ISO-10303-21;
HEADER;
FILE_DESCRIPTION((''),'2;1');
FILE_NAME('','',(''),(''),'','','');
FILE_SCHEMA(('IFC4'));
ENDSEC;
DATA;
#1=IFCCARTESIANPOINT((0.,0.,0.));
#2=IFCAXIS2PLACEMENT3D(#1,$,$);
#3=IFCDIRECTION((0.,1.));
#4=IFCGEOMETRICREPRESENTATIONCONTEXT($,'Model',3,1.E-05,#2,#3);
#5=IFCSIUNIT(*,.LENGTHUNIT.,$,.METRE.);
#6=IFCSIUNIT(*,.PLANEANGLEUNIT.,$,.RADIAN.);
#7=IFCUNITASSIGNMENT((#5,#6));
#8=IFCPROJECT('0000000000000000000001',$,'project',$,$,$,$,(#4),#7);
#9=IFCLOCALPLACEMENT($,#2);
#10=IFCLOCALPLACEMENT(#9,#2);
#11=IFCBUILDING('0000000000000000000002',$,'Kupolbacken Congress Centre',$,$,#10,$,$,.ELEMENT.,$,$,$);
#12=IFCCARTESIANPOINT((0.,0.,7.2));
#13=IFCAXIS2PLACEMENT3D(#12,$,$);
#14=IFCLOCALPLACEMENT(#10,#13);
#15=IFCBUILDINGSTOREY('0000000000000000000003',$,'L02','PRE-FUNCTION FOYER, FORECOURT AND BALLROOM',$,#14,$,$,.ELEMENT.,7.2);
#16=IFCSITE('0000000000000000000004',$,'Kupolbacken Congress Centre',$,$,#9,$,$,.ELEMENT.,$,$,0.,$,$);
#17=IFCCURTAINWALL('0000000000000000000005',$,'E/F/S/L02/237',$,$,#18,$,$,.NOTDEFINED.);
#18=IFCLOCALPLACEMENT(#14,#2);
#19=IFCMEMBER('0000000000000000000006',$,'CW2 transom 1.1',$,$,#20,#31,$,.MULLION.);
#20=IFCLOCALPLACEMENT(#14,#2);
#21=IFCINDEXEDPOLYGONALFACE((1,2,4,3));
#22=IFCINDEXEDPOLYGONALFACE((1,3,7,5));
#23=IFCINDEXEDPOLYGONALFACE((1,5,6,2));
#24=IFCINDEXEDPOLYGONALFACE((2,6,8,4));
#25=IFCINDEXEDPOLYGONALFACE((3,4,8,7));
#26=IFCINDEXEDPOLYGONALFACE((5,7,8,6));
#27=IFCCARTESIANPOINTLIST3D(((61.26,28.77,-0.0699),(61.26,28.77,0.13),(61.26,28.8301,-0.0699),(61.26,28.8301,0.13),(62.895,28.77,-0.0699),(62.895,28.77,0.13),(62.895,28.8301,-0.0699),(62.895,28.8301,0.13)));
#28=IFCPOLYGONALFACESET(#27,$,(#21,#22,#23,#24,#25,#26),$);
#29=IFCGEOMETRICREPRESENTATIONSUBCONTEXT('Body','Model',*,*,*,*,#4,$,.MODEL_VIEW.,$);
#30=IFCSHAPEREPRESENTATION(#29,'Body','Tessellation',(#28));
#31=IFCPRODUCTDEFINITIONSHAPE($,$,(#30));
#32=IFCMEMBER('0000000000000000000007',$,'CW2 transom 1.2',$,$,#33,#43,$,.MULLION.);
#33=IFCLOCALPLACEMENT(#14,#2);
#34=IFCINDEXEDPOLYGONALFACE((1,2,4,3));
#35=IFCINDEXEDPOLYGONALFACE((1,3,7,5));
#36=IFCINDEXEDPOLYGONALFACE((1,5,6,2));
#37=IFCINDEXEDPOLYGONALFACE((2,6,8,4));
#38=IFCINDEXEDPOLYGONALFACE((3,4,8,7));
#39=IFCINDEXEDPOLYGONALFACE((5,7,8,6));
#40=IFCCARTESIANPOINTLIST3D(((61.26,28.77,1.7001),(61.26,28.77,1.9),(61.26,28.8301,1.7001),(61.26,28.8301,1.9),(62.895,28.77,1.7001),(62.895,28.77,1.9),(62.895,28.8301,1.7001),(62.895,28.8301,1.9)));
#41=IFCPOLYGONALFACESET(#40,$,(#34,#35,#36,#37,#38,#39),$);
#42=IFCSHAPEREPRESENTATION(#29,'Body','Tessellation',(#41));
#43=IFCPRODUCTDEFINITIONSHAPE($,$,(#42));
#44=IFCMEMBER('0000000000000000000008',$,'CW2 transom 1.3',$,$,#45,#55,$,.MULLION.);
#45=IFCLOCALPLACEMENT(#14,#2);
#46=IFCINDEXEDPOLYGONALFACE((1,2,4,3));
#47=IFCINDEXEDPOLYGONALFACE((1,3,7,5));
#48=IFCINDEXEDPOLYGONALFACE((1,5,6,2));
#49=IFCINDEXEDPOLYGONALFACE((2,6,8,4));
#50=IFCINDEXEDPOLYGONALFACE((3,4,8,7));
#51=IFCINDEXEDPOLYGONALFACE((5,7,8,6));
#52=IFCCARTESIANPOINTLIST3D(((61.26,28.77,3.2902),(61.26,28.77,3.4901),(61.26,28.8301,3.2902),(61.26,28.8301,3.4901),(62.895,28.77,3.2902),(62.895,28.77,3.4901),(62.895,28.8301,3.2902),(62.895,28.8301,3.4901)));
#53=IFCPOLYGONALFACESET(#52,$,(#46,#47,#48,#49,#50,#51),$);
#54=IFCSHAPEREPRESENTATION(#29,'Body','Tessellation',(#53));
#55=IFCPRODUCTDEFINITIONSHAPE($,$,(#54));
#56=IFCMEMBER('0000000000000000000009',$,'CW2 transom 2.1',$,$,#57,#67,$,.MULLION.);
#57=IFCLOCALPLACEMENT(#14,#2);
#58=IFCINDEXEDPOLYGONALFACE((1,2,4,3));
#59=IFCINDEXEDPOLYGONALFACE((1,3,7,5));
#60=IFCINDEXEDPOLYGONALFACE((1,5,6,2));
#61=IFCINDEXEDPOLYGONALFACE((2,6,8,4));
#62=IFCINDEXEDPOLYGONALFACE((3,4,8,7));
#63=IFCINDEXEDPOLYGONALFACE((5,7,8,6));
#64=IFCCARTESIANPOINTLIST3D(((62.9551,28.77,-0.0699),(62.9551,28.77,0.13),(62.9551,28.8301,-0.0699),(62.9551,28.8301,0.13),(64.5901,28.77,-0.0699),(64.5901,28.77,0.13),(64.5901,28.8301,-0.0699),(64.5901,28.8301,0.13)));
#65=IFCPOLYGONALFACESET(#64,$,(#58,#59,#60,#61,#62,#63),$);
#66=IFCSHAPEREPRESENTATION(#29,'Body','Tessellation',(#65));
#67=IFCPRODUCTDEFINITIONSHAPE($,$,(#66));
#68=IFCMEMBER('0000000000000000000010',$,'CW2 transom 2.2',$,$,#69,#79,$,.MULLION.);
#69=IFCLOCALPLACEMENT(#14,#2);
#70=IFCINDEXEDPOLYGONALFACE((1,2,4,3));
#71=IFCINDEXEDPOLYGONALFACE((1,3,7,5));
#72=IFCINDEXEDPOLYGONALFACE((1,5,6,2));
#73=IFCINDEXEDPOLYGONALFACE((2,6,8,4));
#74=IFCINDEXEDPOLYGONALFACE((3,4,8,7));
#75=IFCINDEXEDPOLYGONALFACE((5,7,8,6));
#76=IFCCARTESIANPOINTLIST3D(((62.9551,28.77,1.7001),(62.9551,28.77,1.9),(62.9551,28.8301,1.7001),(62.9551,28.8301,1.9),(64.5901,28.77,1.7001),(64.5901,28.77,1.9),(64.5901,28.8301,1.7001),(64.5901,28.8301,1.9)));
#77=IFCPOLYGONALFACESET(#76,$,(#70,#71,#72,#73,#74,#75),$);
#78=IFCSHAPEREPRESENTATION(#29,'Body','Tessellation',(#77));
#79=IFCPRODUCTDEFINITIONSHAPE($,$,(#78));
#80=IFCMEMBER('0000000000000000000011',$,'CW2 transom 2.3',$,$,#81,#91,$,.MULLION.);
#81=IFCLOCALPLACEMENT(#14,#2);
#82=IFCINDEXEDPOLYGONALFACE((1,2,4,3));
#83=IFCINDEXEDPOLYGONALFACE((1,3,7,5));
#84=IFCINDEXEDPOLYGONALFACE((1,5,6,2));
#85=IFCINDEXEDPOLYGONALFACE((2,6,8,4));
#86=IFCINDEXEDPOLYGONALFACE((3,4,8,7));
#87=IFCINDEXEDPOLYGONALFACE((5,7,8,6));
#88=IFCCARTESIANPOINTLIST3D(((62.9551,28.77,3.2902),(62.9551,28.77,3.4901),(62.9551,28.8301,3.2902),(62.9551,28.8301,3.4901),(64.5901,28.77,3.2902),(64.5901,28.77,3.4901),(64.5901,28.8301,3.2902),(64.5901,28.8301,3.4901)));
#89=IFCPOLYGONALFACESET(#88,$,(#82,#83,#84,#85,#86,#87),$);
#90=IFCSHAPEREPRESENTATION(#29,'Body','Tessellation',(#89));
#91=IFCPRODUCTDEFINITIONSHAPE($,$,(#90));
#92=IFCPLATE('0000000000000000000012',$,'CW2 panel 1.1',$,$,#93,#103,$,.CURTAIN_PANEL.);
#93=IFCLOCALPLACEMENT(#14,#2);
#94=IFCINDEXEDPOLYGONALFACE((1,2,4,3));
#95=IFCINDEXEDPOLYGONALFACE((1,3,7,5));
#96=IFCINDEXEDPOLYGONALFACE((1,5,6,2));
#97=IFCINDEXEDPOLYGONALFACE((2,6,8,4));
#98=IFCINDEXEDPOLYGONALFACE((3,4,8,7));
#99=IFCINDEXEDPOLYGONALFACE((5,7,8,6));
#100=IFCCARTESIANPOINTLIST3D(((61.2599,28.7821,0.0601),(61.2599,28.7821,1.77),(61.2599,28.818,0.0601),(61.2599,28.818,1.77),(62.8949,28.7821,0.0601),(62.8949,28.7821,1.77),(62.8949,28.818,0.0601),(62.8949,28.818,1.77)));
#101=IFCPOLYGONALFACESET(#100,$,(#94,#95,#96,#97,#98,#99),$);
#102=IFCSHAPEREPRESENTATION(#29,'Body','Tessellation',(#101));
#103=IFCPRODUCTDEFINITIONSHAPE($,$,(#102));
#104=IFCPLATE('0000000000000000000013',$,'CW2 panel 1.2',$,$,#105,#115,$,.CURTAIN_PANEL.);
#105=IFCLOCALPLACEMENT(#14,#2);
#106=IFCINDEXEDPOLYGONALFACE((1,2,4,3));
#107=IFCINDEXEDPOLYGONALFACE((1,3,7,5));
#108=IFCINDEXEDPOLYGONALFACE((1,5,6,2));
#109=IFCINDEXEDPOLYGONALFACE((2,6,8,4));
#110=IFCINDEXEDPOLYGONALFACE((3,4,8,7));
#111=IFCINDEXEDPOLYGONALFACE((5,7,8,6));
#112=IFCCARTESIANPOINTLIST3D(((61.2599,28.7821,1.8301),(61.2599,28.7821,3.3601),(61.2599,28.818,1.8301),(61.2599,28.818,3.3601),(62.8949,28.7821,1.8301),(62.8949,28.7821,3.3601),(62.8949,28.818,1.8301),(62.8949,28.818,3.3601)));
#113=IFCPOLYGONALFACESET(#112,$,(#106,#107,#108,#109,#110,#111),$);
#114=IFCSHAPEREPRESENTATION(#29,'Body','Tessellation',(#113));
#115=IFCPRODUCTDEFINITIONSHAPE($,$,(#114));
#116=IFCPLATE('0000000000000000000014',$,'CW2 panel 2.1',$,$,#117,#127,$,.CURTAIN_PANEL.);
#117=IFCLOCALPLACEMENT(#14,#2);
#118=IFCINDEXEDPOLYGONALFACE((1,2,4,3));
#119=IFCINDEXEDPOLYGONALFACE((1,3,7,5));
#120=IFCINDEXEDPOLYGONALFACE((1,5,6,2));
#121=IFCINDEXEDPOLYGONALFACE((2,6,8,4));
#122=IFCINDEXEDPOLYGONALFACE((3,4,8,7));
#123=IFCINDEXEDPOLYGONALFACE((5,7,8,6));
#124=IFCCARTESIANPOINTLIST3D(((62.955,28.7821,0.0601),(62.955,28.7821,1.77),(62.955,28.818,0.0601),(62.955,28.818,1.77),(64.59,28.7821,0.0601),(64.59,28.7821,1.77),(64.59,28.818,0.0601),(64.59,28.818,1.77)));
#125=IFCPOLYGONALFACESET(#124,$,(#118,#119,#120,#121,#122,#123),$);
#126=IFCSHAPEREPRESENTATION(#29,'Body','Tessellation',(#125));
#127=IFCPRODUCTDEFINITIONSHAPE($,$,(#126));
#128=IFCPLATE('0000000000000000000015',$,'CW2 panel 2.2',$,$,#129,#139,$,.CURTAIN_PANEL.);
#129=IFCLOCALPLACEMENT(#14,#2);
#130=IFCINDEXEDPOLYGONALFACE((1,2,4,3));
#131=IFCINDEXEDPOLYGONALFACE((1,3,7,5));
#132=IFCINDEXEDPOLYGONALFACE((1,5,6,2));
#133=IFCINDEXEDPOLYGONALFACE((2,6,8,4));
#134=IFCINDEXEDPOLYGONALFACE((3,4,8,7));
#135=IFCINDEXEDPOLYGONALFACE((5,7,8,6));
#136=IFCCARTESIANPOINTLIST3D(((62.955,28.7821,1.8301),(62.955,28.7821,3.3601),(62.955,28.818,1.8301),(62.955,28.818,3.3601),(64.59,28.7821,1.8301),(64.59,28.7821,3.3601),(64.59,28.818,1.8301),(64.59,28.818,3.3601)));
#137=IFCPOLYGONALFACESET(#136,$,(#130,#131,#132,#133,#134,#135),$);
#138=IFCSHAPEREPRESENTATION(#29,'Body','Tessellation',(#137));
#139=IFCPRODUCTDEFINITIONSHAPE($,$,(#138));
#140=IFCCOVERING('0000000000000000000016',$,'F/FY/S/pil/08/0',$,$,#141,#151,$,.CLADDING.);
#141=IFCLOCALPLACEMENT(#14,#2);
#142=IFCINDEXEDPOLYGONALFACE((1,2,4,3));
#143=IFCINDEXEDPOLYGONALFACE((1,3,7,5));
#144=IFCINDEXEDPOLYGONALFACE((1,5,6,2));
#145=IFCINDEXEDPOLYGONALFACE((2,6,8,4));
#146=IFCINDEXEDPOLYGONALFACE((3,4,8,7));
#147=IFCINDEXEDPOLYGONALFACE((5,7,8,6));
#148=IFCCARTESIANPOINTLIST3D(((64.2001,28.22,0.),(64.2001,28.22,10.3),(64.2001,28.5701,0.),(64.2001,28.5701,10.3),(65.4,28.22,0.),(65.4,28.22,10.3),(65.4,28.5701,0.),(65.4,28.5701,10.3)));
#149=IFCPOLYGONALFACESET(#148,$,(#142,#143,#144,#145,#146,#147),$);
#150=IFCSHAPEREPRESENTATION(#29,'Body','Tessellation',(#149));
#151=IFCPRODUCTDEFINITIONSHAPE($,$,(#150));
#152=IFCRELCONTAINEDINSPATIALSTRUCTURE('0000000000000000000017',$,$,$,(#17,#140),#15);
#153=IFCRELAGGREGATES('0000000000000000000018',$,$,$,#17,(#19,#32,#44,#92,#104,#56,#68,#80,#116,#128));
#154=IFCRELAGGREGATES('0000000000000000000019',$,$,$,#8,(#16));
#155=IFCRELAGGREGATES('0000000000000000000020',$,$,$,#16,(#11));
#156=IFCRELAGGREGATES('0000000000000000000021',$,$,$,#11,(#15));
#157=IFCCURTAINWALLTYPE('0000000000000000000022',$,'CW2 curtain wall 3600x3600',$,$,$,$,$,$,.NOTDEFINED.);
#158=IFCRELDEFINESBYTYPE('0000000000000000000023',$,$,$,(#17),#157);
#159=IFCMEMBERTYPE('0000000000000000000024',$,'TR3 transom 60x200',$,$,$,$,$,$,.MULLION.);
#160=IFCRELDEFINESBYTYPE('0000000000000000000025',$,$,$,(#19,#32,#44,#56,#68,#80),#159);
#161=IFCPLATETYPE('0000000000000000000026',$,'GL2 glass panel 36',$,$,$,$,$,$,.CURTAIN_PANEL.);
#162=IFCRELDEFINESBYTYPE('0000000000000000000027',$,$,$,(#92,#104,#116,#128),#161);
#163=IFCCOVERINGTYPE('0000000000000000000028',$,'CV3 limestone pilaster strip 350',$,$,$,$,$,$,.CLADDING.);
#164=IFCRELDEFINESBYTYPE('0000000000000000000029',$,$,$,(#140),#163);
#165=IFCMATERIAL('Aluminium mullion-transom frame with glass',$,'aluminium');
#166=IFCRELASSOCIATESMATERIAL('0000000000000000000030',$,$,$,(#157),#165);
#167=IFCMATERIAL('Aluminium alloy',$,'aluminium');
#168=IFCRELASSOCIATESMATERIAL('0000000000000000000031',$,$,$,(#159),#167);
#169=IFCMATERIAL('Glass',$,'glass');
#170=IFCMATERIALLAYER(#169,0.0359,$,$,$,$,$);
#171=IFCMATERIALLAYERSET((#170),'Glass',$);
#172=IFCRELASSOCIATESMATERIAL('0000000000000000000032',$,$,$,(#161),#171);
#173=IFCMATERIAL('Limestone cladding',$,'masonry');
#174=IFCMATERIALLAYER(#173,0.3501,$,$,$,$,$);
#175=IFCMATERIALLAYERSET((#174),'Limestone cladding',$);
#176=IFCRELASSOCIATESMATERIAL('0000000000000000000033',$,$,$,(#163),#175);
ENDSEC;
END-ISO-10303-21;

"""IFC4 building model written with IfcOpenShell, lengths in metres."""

from ifc_helpers import new_model, si_unit, direction, frame, origin, origin_2d, place, context, subcontext, project, spatial, rectangle, extrude, material, layer, layer_set, material_profile, profile_set, type_object, element, aggregate, save


model = new_model("IFC4")

# Units and contexts
model_context = context("Model", 3, precision=1e-05, world=origin(), true_north=direction((0.0, 1.0)))
body_context = subcontext(model_context, "Body", "Model", "MODEL_VIEW")
ifc_project = project(units=[si_unit("LENGTHUNIT", "METRE"), si_unit("PLANEANGLEUNIT", "RADIAN")], contexts=[model_context])

# Site, building, storey
site_placement = place(None, origin())
site = spatial("IfcSite", under=ifc_project, at=site_placement, Name="Kupolbacken Congress Centre", CompositionType="ELEMENT", RefElevation=0.0)
building_placement = place(site_placement, origin())
building = spatial("IfcBuilding", under=site, at=building_placement, Name="Kupolbacken Congress Centre", CompositionType="ELEMENT")
storey_placement = place(building_placement, frame((0.0, 0.0, 7.2)))
storey = spatial("IfcBuildingStorey", under=building, at=storey_placement, Name="L02", Description="PRE-FUNCTION FOYER, FORECOURT AND BALLROOM", CompositionType="ELEMENT", Elevation=7.2)

# Curtain wall, members, plates
ifc_material_1 = material(Name="Aluminium mullion-transom frame with glass", Category="aluminium")
curtain_wall_type_1 = type_object("IfcCurtainWallType", Name="CW2 curtain wall 3600x3600", PredefinedType="NOTDEFINED", material=ifc_material_1)
curtain_wall_1_placement = place(storey_placement, origin())
curtain_wall_1 = element("IfcCurtainWall", 1, at=curtain_wall_1_placement, inside=storey, type_object=curtain_wall_type_1, Name="E/F/S/L02/237", PredefinedType="NOTDEFINED")
ifc_material_2 = material(Name="Aluminium alloy", Category="aluminium")
ifc_material_profile_1 = material_profile(ifc_material_2, rectangle(XDim=0.0601, YDim=0.2, at=origin_2d()), Name="60 x 200")
ifc_profile_set_1 = profile_set([ifc_material_profile_1], Name="Aluminium alloy")
member_type_1 = type_object("IfcMemberType", Name="TR3 transom 60x200", PredefinedType="MULLION", material=ifc_profile_set_1)
member_1_placement = place(storey_placement, frame((61.26, 28.8, 0.03), z_axis=(1.0, 0.0, 0.0), x_axis=(0.0, 1.0, 0.0)))
member_1 = element("IfcMember", 2, at=member_1_placement, type_object=member_type_1, Name="CW2 transom 1.1", PredefinedType="MULLION", context=body_context, shape_type="SweptSolid", body=[
    extrude(rectangle(XDim=0.0601, YDim=0.2, at=origin_2d()), origin(), (0.0, 0.0, 1.0), 1.635),
])
member_2_placement = place(storey_placement, frame((61.26, 28.8, 1.8), z_axis=(1.0, 0.0, 0.0), x_axis=(0.0, 1.0, 0.0)))
member_2 = element("IfcMember", 3, at=member_2_placement, type_object=member_type_1, Name="CW2 transom 1.2", PredefinedType="MULLION", context=body_context, shape_type="SweptSolid", body=[
    extrude(rectangle(XDim=0.0601, YDim=0.2, at=origin_2d()), origin(), (0.0, 0.0, 1.0), 1.635),
])
member_3_placement = place(storey_placement, frame((61.26, 28.8, 3.3901), z_axis=(1.0, 0.0, 0.0), x_axis=(0.0, 1.0, 0.0)))
member_3 = element("IfcMember", 4, at=member_3_placement, type_object=member_type_1, Name="CW2 transom 1.3", PredefinedType="MULLION", context=body_context, shape_type="SweptSolid", body=[
    extrude(rectangle(XDim=0.0601, YDim=0.2, at=origin_2d()), origin(), (0.0, 0.0, 1.0), 1.635),
])
member_4_placement = place(storey_placement, frame((62.9551, 28.8, 0.03), z_axis=(1.0, 0.0, 0.0), x_axis=(0.0, 1.0, 0.0)))
member_4 = element("IfcMember", 5, at=member_4_placement, type_object=member_type_1, Name="CW2 transom 2.1", PredefinedType="MULLION", context=body_context, shape_type="SweptSolid", body=[
    extrude(rectangle(XDim=0.0601, YDim=0.2, at=origin_2d()), origin(), (0.0, 0.0, 1.0), 1.635),
])
member_5_placement = place(storey_placement, frame((62.9551, 28.8, 1.8), z_axis=(1.0, 0.0, 0.0), x_axis=(0.0, 1.0, 0.0)))
member_5 = element("IfcMember", 6, at=member_5_placement, type_object=member_type_1, Name="CW2 transom 2.2", PredefinedType="MULLION", context=body_context, shape_type="SweptSolid", body=[
    extrude(rectangle(XDim=0.0601, YDim=0.2, at=origin_2d()), origin(), (0.0, 0.0, 1.0), 1.635),
])
member_6_placement = place(storey_placement, frame((62.9551, 28.8, 3.3901), z_axis=(1.0, 0.0, 0.0), x_axis=(0.0, 1.0, 0.0)))
member_6 = element("IfcMember", 7, at=member_6_placement, type_object=member_type_1, Name="CW2 transom 2.3", PredefinedType="MULLION", context=body_context, shape_type="SweptSolid", body=[
    extrude(rectangle(XDim=0.0601, YDim=0.2, at=origin_2d()), origin(), (0.0, 0.0, 1.0), 1.635),
])
ifc_material_3 = material(Name="Glass", Category="glass")
ifc_layer_1 = layer(ifc_material_3, 0.0359)
ifc_layer_set_1 = layer_set([ifc_layer_1], Name="Glass")
plate_type = type_object("IfcPlateType", Name="GL2 glass panel 36", PredefinedType="CURTAIN_PANEL", material=ifc_layer_set_1)
plate_1_placement = place(storey_placement, frame((62.0774, 28.8, 0.0601), z_axis=(0.0, 0.0, 1.0), x_axis=(1.0, 0.0, 0.0)))
plate_1 = element("IfcPlate", 8, at=plate_1_placement, type_object=plate_type, Name="CW2 panel 1.1", PredefinedType="CURTAIN_PANEL", context=body_context, shape_type="SweptSolid", body=[
    extrude(rectangle(XDim=1.635, YDim=0.0359, at=origin_2d()), origin(), (0.0, 0.0, 1.0), 1.71),
])
plate_2_placement = place(storey_placement, frame((62.0774, 28.8, 1.8301), z_axis=(0.0, 0.0, 1.0), x_axis=(1.0, 0.0, 0.0)))
plate_2 = element("IfcPlate", 9, at=plate_2_placement, type_object=plate_type, Name="CW2 panel 1.2", PredefinedType="CURTAIN_PANEL", context=body_context, shape_type="SweptSolid", body=[
    extrude(rectangle(XDim=1.635, YDim=0.0359, at=origin_2d()), origin(), (0.0, 0.0, 1.0), 1.53),
])
plate_3_placement = place(storey_placement, frame((63.7725, 28.8, 0.0601), z_axis=(0.0, 0.0, 1.0), x_axis=(1.0, 0.0, 0.0)))
plate_3 = element("IfcPlate", 10, at=plate_3_placement, type_object=plate_type, Name="CW2 panel 2.1", PredefinedType="CURTAIN_PANEL", context=body_context, shape_type="SweptSolid", body=[
    extrude(rectangle(XDim=1.635, YDim=0.0359, at=origin_2d()), origin(), (0.0, 0.0, 1.0), 1.71),
])
plate_4_placement = place(storey_placement, frame((63.7725, 28.8, 1.8301), z_axis=(0.0, 0.0, 1.0), x_axis=(1.0, 0.0, 0.0)))
plate_4 = element("IfcPlate", 11, at=plate_4_placement, type_object=plate_type, Name="CW2 panel 2.2", PredefinedType="CURTAIN_PANEL", context=body_context, shape_type="SweptSolid", body=[
    extrude(rectangle(XDim=1.635, YDim=0.0359, at=origin_2d()), origin(), (0.0, 0.0, 1.0), 1.53),
])
aggregate(curtain_wall_1, [member_1, member_2, member_3, plate_1, plate_2, member_4, member_5, member_6, plate_3, plate_4])

# Covering
ifc_material_4 = material(Name="Limestone cladding", Category="masonry")
ifc_layer_2 = layer(ifc_material_4, 0.3501)
ifc_layer_set_2 = layer_set([ifc_layer_2], Name="Limestone cladding")
covering_type_1 = type_object("IfcCoveringType", Name="CV3 limestone pilaster strip 350", PredefinedType="CLADDING", material=ifc_layer_set_2)
covering_1_placement = place(storey_placement, frame((64.8, 28.395, 0.0), z_axis=(0.0, 0.0, 1.0), x_axis=(1.0, 0.0, 0.0)))
element("IfcCovering", 12, at=covering_1_placement, inside=storey, type_object=covering_type_1, Name="F/FY/S/pil/08/0", PredefinedType="CLADDING", context=body_context, shape_type="SweptSolid", body=[
    extrude(rectangle(XDim=1.2, YDim=0.3501, at=origin_2d()), origin(), (0.0, 0.0, 1.0), 10.3),
])

save(model, "model.ifc")
